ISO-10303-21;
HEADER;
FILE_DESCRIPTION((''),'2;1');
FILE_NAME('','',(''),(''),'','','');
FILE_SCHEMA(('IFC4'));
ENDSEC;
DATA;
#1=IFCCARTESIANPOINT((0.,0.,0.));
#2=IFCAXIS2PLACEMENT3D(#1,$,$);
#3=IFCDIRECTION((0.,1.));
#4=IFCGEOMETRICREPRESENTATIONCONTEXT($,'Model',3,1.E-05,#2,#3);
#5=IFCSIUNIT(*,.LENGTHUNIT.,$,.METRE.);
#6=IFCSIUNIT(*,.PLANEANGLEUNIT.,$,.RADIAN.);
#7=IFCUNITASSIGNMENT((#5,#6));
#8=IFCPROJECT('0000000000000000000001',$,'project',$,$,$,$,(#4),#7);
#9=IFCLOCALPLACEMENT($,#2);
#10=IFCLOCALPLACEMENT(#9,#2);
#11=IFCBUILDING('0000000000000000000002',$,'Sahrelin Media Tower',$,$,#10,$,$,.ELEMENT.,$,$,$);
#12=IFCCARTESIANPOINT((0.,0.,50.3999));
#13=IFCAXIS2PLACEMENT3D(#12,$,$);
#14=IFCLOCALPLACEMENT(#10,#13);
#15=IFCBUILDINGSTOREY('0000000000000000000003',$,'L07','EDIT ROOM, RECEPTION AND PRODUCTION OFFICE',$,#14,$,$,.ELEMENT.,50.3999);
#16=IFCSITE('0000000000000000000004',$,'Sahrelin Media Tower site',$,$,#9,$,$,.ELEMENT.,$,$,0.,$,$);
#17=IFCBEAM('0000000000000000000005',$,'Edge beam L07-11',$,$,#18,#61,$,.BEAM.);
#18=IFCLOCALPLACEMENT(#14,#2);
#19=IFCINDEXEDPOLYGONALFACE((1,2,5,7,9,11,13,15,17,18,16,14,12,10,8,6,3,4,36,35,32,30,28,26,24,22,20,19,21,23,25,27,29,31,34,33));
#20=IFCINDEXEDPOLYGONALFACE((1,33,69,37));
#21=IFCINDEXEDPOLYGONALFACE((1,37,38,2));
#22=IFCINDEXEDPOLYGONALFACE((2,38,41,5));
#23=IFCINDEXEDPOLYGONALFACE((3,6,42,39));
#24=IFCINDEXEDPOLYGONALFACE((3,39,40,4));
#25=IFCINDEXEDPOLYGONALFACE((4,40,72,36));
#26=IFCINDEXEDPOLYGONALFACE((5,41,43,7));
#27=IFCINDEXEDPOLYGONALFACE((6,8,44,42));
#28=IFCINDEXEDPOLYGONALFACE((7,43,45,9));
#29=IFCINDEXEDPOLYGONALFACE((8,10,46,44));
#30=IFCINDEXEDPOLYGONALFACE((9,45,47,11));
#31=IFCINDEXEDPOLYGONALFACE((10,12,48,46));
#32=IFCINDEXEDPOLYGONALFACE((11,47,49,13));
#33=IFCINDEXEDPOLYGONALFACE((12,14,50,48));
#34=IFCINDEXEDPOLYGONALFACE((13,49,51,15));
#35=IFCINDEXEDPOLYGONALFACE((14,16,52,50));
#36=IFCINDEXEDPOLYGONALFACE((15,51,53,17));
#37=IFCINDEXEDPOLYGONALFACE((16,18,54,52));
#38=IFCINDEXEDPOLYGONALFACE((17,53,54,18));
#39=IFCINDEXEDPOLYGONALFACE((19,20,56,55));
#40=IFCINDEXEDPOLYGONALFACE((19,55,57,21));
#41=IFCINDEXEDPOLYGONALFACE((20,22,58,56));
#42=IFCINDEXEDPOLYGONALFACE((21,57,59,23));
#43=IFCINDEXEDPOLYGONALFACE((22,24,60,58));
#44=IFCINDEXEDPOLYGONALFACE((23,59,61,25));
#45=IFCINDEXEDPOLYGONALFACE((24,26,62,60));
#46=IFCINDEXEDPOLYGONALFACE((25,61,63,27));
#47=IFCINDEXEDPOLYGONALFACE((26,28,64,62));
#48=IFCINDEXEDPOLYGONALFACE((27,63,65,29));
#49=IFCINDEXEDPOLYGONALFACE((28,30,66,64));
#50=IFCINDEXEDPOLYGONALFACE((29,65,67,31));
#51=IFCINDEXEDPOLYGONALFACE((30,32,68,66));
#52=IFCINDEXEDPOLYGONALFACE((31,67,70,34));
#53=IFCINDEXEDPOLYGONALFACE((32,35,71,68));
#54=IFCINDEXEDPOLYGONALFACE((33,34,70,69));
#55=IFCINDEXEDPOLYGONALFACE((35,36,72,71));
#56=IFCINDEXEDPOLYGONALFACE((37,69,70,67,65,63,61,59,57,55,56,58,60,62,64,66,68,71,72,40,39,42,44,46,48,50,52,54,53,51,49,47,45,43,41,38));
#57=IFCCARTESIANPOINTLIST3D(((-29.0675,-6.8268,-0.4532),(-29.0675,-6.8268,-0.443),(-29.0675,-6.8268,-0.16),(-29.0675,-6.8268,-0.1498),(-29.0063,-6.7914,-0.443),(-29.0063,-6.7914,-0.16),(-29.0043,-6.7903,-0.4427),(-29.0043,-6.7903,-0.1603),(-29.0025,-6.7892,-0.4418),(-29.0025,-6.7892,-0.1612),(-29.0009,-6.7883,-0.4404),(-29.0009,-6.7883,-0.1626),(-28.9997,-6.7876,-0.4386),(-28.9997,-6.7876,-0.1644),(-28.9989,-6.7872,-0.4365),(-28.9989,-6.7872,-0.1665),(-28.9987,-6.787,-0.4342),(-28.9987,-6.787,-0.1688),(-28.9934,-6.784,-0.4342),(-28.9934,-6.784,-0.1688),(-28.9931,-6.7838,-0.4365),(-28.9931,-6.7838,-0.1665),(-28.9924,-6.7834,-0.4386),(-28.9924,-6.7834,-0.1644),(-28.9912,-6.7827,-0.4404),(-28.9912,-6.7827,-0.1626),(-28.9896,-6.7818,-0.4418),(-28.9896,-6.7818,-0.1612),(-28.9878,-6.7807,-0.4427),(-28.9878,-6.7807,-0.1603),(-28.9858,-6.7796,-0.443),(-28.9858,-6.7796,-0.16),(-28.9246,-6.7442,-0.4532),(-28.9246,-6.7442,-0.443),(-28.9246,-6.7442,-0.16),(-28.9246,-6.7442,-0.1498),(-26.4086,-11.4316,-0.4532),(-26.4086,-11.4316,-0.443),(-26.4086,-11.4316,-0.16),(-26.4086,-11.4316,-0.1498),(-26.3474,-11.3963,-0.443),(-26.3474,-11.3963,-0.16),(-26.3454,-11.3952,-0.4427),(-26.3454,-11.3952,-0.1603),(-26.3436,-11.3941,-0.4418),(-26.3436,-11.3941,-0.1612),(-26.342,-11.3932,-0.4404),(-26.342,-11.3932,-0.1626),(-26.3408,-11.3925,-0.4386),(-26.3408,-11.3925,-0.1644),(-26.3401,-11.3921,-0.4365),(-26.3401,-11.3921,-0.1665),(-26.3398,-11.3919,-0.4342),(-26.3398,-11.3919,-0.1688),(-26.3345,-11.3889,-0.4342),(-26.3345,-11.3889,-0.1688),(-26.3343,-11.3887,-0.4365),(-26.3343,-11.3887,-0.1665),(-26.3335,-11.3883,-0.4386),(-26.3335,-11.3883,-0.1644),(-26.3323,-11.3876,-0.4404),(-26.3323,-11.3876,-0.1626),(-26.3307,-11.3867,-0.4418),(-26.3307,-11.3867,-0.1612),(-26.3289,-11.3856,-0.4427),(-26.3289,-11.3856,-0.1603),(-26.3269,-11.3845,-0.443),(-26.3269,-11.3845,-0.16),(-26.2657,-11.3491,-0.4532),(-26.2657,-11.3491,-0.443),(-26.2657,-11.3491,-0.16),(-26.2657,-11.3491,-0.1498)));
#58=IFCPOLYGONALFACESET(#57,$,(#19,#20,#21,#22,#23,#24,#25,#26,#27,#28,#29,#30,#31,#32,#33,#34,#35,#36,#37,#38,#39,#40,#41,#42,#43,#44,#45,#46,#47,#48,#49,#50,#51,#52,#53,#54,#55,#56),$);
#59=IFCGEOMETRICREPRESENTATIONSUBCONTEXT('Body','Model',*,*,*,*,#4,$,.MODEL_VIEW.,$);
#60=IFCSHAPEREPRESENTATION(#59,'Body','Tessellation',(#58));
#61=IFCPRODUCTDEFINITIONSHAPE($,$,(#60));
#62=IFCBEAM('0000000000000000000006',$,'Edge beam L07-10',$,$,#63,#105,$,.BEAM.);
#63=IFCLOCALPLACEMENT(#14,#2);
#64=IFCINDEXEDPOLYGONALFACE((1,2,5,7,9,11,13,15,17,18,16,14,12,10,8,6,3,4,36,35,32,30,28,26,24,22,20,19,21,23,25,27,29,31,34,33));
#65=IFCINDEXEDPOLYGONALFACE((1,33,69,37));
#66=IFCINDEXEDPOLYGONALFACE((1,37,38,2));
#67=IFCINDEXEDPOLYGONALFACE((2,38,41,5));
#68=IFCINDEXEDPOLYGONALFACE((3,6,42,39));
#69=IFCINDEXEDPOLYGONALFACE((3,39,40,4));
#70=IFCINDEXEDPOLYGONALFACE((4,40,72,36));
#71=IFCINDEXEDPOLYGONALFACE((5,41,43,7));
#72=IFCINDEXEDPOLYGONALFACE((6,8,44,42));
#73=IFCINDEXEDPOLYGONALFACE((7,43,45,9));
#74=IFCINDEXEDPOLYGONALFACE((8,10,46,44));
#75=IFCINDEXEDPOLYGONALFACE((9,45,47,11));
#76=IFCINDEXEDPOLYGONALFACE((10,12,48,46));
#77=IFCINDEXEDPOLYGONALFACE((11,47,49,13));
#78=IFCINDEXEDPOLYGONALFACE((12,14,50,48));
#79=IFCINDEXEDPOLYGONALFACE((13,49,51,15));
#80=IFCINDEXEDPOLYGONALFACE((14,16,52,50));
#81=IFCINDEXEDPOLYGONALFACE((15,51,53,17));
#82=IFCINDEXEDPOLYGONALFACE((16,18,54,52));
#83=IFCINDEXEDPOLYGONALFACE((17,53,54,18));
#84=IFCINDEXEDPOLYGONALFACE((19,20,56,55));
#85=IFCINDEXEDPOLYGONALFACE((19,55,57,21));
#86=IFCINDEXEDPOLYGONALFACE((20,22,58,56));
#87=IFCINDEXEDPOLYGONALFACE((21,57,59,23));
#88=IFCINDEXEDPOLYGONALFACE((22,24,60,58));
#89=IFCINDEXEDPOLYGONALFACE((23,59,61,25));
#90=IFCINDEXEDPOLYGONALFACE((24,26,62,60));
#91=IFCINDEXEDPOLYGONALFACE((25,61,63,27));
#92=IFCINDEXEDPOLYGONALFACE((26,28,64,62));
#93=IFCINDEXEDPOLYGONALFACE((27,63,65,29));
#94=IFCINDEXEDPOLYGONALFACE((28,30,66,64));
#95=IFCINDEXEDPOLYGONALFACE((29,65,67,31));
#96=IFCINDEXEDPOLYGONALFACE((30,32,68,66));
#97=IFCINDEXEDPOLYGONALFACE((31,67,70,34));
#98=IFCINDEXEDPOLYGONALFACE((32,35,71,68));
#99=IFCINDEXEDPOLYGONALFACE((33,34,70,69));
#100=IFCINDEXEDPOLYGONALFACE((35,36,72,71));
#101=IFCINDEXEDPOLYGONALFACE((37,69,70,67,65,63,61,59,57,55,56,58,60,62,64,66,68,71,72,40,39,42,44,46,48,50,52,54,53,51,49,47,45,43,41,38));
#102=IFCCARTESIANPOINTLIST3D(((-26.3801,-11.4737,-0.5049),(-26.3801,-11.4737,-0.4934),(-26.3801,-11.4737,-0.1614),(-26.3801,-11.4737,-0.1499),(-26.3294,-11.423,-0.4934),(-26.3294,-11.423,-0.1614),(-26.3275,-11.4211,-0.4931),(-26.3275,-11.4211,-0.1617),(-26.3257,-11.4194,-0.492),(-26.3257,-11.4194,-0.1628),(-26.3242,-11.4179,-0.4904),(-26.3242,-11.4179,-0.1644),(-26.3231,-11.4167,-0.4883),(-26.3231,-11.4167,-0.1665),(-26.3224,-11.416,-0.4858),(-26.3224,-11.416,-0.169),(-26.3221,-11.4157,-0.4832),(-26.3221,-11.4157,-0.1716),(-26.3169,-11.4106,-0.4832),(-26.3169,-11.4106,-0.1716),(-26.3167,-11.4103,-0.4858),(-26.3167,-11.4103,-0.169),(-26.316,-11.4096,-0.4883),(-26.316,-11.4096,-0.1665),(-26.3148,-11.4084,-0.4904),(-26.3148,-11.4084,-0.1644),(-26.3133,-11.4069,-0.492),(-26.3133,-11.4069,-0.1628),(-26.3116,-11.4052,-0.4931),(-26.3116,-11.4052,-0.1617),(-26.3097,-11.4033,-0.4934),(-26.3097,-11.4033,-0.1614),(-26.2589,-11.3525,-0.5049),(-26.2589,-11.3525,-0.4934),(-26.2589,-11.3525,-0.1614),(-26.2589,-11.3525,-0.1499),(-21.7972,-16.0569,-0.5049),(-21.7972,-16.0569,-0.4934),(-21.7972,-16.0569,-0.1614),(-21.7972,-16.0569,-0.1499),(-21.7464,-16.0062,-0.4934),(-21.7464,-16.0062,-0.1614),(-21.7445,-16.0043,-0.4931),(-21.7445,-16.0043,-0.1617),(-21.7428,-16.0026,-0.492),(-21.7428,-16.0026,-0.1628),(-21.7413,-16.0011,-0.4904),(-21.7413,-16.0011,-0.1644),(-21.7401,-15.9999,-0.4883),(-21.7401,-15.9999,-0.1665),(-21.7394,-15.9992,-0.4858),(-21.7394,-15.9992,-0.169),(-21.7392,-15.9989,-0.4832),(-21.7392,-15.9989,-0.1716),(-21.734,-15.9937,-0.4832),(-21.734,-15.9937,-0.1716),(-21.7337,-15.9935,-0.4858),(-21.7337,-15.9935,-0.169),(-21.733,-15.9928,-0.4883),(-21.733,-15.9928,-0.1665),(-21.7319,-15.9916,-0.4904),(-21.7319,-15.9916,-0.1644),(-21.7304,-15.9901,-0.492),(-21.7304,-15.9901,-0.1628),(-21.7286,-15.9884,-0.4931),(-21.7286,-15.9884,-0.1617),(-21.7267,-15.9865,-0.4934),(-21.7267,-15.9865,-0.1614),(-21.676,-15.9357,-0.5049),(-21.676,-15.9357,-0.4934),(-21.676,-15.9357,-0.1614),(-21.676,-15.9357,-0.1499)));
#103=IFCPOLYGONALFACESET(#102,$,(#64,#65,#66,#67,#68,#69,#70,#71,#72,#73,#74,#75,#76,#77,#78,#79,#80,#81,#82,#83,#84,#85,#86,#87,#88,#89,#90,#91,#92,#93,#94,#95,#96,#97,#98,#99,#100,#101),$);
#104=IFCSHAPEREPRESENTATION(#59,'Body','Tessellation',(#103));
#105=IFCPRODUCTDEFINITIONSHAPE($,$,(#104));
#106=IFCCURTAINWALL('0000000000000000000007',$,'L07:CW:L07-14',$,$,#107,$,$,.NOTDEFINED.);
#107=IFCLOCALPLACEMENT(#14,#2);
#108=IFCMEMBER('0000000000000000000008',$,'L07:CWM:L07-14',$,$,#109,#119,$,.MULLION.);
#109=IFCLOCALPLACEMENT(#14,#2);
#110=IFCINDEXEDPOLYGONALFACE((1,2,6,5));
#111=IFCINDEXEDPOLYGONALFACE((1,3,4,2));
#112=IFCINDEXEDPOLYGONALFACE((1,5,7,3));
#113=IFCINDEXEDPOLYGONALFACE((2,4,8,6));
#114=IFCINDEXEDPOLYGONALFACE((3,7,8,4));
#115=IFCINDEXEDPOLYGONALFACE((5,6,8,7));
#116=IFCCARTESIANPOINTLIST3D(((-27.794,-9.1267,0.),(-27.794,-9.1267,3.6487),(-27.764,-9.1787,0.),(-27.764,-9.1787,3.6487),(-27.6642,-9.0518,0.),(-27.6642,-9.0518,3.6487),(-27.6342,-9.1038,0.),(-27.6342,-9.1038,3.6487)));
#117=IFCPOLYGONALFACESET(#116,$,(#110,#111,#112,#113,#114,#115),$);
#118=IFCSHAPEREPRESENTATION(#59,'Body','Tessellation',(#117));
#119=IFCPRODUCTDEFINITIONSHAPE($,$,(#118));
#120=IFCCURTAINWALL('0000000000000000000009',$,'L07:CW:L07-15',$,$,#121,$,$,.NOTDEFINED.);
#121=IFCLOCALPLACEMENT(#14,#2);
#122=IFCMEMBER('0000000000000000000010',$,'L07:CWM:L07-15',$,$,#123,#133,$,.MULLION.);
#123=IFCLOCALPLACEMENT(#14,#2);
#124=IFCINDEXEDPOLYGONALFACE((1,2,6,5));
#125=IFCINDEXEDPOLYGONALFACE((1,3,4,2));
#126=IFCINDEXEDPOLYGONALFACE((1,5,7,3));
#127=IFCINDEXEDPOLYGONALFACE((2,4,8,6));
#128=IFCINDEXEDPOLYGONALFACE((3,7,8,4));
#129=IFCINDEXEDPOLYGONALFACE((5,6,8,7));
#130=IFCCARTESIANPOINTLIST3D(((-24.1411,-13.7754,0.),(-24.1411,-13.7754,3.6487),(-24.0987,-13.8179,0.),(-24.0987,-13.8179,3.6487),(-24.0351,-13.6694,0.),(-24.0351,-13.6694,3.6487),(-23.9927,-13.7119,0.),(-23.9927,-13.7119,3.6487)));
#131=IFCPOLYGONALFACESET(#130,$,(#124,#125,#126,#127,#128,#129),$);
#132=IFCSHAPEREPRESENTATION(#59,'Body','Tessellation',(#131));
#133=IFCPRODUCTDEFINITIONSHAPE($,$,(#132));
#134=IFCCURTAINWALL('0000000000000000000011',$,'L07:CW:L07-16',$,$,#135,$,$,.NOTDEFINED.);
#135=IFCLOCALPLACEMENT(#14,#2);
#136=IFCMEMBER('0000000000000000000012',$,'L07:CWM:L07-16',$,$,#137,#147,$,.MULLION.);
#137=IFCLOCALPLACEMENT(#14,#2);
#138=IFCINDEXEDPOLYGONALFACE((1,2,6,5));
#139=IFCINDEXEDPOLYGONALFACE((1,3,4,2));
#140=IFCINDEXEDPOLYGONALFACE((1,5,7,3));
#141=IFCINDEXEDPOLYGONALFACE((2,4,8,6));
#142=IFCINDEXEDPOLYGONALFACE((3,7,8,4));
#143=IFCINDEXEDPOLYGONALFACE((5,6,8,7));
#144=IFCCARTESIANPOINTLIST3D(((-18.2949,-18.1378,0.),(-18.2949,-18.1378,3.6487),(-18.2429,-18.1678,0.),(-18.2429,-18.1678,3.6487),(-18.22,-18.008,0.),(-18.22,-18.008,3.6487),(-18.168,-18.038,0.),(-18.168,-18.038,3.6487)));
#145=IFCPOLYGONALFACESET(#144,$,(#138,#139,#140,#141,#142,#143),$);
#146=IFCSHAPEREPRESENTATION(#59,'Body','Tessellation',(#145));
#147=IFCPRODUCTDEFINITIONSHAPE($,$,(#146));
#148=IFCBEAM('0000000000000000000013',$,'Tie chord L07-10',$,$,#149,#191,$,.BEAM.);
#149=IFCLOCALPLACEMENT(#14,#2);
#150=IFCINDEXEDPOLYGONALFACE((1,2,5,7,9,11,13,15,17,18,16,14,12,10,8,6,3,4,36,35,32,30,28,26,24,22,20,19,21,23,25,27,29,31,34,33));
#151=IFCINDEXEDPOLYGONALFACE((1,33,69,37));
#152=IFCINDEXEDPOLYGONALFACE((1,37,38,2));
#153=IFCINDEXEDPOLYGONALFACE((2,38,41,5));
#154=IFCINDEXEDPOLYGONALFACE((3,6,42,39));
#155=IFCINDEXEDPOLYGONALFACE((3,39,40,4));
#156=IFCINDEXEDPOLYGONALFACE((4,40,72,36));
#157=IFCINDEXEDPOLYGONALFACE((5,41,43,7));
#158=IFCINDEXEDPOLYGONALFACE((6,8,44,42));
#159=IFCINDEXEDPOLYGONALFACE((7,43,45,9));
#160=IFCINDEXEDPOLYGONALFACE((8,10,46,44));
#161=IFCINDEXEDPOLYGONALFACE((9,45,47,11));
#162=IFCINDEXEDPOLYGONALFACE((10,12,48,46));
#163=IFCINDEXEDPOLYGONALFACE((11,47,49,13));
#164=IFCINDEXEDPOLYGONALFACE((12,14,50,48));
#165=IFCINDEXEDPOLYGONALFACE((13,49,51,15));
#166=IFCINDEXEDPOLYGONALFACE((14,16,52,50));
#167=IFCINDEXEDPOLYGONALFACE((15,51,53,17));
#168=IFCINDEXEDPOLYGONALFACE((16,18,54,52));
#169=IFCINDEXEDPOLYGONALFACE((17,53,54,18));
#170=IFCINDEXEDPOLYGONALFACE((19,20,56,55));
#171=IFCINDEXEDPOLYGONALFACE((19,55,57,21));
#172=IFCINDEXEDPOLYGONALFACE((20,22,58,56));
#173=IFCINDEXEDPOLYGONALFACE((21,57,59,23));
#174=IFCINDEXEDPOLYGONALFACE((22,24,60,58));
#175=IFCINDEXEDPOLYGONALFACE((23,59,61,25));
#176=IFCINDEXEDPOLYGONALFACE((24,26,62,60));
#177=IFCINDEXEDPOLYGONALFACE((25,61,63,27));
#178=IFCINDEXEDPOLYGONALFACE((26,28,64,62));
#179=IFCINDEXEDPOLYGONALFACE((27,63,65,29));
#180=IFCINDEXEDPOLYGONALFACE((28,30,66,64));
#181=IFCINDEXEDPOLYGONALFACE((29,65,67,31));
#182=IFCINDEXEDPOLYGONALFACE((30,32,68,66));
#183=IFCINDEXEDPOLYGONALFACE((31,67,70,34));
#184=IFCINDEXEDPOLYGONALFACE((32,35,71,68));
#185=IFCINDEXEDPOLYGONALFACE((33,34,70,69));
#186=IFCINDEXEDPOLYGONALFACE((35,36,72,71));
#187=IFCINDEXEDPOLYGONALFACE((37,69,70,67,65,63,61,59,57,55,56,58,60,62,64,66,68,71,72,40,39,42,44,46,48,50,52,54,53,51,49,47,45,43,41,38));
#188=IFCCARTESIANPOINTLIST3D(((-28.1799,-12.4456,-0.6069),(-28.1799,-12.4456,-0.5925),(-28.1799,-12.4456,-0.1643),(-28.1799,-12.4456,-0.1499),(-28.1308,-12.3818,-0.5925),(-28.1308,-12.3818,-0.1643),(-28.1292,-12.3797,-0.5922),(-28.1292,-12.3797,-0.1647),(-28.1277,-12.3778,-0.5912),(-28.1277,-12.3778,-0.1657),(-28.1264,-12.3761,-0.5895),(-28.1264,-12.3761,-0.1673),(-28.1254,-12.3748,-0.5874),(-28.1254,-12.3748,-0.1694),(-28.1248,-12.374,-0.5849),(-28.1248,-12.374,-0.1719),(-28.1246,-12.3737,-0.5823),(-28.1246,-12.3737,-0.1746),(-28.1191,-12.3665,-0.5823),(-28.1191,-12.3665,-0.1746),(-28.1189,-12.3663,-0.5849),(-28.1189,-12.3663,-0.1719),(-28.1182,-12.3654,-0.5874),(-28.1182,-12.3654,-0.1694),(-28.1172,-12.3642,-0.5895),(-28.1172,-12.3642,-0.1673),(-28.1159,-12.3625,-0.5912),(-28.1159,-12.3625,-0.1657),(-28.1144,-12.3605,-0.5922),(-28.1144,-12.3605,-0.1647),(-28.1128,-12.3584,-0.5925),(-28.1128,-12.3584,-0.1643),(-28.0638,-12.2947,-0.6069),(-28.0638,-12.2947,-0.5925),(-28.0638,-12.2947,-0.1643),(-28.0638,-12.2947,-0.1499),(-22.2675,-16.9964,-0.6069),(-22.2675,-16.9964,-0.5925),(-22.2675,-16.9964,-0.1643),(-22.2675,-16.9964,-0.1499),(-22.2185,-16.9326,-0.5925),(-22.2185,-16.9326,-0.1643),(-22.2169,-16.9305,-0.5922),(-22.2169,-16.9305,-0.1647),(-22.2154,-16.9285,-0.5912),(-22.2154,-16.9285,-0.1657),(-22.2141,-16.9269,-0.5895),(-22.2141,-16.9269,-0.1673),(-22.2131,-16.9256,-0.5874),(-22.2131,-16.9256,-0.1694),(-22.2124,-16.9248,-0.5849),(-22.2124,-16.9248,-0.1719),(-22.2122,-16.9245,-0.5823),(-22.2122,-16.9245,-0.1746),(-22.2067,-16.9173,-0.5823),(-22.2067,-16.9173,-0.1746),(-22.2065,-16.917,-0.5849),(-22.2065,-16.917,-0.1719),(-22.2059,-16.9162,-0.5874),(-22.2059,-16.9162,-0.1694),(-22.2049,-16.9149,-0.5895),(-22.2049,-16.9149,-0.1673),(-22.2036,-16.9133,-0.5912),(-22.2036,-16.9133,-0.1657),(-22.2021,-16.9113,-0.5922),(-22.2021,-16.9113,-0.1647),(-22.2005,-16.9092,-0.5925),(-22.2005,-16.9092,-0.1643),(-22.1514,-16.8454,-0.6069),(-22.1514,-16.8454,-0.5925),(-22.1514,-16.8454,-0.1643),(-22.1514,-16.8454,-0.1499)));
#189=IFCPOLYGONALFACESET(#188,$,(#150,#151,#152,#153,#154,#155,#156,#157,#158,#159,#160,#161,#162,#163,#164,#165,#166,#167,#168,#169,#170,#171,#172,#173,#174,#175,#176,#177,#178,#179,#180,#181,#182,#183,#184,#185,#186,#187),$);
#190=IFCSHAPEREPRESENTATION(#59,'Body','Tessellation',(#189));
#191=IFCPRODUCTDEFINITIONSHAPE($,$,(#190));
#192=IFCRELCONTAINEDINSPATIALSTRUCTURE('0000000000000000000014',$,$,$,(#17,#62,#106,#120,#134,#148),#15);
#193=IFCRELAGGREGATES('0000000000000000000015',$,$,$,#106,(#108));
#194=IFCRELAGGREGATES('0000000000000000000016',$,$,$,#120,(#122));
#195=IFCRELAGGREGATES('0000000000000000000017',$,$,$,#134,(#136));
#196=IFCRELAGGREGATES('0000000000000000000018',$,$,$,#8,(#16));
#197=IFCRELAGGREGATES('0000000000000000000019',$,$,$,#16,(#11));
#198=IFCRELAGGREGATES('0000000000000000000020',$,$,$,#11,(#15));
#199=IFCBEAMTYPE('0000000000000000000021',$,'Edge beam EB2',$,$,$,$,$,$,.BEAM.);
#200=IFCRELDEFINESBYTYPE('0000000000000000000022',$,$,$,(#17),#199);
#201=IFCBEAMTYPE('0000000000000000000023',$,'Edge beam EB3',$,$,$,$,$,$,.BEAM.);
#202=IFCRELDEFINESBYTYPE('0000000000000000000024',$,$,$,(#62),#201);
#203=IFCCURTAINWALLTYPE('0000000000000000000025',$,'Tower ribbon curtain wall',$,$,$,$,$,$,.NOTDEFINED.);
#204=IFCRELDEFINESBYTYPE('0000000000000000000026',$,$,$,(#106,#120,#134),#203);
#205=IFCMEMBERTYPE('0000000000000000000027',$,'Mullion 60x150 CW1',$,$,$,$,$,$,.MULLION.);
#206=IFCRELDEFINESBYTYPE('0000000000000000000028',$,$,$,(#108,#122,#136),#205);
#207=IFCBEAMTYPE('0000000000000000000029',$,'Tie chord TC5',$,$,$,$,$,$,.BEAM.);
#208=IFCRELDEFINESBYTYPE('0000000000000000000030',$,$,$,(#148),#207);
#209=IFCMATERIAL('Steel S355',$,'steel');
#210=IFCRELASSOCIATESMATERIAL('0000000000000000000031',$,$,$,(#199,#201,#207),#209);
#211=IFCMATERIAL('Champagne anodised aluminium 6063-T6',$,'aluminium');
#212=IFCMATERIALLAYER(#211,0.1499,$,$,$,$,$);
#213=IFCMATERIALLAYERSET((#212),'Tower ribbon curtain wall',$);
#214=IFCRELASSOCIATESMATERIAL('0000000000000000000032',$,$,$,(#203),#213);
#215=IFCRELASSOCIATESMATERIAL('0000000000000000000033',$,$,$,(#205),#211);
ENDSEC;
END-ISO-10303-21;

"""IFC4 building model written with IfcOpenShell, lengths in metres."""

from ifc_helpers import new_model, si_unit, direction, frame, origin, origin_2d, place, context, subcontext, project, spatial, rectangle, i_section, extrude, material, layer, layer_set, material_profile, profile_set, type_object, element, aggregate, save


model = new_model("IFC4")

# Units and contexts
model_context = context("Model", 3, precision=1e-05, world=origin(), true_north=direction((0.0, 1.0)))
body_context = subcontext(model_context, "Body", "Model", "MODEL_VIEW")
ifc_project = project(units=[si_unit("LENGTHUNIT", "METRE"), si_unit("PLANEANGLEUNIT", "RADIAN")], contexts=[model_context])

# Site, building, storey
site_placement = place(None, origin())
site = spatial("IfcSite", under=ifc_project, at=site_placement, Name="Sahrelin Media Tower site", CompositionType="ELEMENT", RefElevation=0.0)
building_placement = place(site_placement, origin())
building = spatial("IfcBuilding", under=site, at=building_placement, Name="Sahrelin Media Tower", CompositionType="ELEMENT")
storey_placement = place(building_placement, frame((0.0, 0.0, 50.3999)))
storey = spatial("IfcBuildingStorey", under=building, at=storey_placement, Name="L07", Description="EDIT ROOM, RECEPTION AND PRODUCTION OFFICE", CompositionType="ELEMENT", Elevation=50.3999)

# Beams
ifc_material_1 = material(Name="Steel S355", Category="steel")
ifc_material_profile_1 = material_profile(ifc_material_1, i_section(OverallWidth=0.165, OverallDepth=0.3035, WebThickness=0.0061, FlangeThickness=0.0103, FilletRadius=0.0088, at=origin_2d()), Name="UB 305x165x40")
ifc_profile_set_1 = profile_set([ifc_material_profile_1], Name="Steel S355")
beam_type_1 = type_object("IfcBeamType", Name="Edge beam EB2", PredefinedType="BEAM", material=ifc_profile_set_1)
beam_1_placement = place(storey_placement, frame((-26.3372, -11.3904, -0.3015), z_axis=(-0.500035, 0.866005, 0.0), x_axis=(-0.866005, -0.500035, 0.0)))
element("IfcBeam", 1, at=beam_1_placement, inside=storey, type_object=beam_type_1, Name="Edge beam L07-11", PredefinedType="BEAM", context=body_context, shape_type="SweptSolid", body=[
    extrude(i_section(OverallWidth=0.165, OverallDepth=0.3035, WebThickness=0.0061, FlangeThickness=0.0103, FilletRadius=0.0088, at=origin_2d()), origin(), (0.0, 0.0, 1.0), 5.3174),
])
ifc_material_profile_2 = material_profile(ifc_material_1, i_section(OverallWidth=0.1714, OverallDepth=0.355, WebThickness=0.0073, FlangeThickness=0.0115, FilletRadius=0.0103, at=origin_2d()), Name="UB 356x171x51")
ifc_profile_set_2 = profile_set([ifc_material_profile_2], Name="Steel S355")
beam_type_2 = type_object("IfcBeamType", Name="Edge beam EB3", PredefinedType="BEAM", material=ifc_profile_set_2)
beam_2_placement = place(storey_placement, frame((-21.7366, -15.9963, -0.3274), z_axis=(-0.707088, 0.707126, 0.0), x_axis=(-0.707126, -0.707088, 0.0)))
element("IfcBeam", 2, at=beam_2_placement, inside=storey, type_object=beam_type_2, Name="Edge beam L07-10", PredefinedType="BEAM", context=body_context, shape_type="SweptSolid", body=[
    extrude(i_section(OverallWidth=0.1714, OverallDepth=0.355, WebThickness=0.0073, FlangeThickness=0.0115, FilletRadius=0.0103, at=origin_2d()), origin(), (0.0, 0.0, 1.0), 6.4814),
])

# Curtain walls, members
ifc_material_2 = material(Name="Champagne anodised aluminium 6063-T6", Category="aluminium")
ifc_layer_1 = layer(ifc_material_2, 0.1499)
ifc_layer_set_1 = layer_set([ifc_layer_1], Name="Tower ribbon curtain wall")
curtain_wall_type = type_object("IfcCurtainWallType", Name="Tower ribbon curtain wall", PredefinedType="NOTDEFINED", material=ifc_layer_set_1)
curtain_wall_1_placement = place(storey_placement, frame((-27.7964, -9.1628, 0.0), z_axis=(0.0, 0.0, 1.0), x_axis=(1.0, 0.0, 0.0)))
curtain_wall_1 = element("IfcCurtainWall", 3, at=curtain_wall_1_placement, inside=storey, type_object=curtain_wall_type, Name="L07:CW:L07-14", PredefinedType="NOTDEFINED")
ifc_material_profile_3 = material_profile(ifc_material_2, rectangle(XDim=0.0601, YDim=0.1499, at=origin_2d()), Name="Mullion 60x150")
ifc_profile_set_3 = profile_set([ifc_material_profile_3], Name="Champagne anodised aluminium 6063-T6")
member_type_1 = type_object("IfcMemberType", Name="Mullion 60x150 CW1", PredefinedType="MULLION", material=ifc_profile_set_3)
member_1_placement = place(storey_placement, frame((-27.7141, -9.1152, 0.0), z_axis=(0.0, 0.0, 1.0), x_axis=(0.500002, -0.866025, 0.0)))
member_1 = element("IfcMember", 4, at=member_1_placement, type_object=member_type_1, Name="L07:CWM:L07-14", PredefinedType="MULLION", context=body_context, shape_type="SweptSolid", body=[
    extrude(rectangle(XDim=0.0601, YDim=0.1499, at=origin_2d()), origin(), (0.0, 0.0, 1.0), 3.6487),
])
aggregate(curtain_wall_1, [member_1])
curtain_wall_2_placement = place(storey_placement, frame((-24.1343, -13.8108, 0.0), z_axis=(0.0, 0.0, 1.0), x_axis=(1.0, 0.0, 0.0)))
curtain_wall_2 = element("IfcCurtainWall", 5, at=curtain_wall_2_placement, inside=storey, type_object=curtain_wall_type, Name="L07:CW:L07-15", PredefinedType="NOTDEFINED")
member_2_placement = place(storey_placement, frame((-24.0669, -13.7437, 0.0), z_axis=(0.0, 0.0, 1.0), x_axis=(0.707107, -0.707107, 0.0)))
member_2 = element("IfcMember", 6, at=member_2_placement, type_object=member_type_1, Name="L07:CWM:L07-15", PredefinedType="MULLION", context=body_context, shape_type="SweptSolid", body=[
    extrude(rectangle(XDim=0.0601, YDim=0.1499, at=origin_2d()), origin(), (0.0, 0.0, 1.0), 3.6487),
])
curtain_wall_3_placement = place(storey_placement, frame((-18.2788, -18.1702, 0.0), z_axis=(0.0, 0.0, 1.0), x_axis=(1.0, 0.0, 0.0)))
curtain_wall_3 = element("IfcCurtainWall", 7, at=curtain_wall_3_placement, inside=storey, type_object=curtain_wall_type, Name="L07:CW:L07-16", PredefinedType="NOTDEFINED")
member_3_placement = place(storey_placement, frame((-18.2314, -18.0879, 0.0), z_axis=(0.0, 0.0, 1.0), x_axis=(0.866025, -0.5, 0.0)))
member_3 = element("IfcMember", 8, at=member_3_placement, type_object=member_type_1, Name="L07:CWM:L07-16", PredefinedType="MULLION", context=body_context, shape_type="SweptSolid", body=[
    extrude(rectangle(XDim=0.0601, YDim=0.1499, at=origin_2d()), origin(), (0.0, 0.0, 1.0), 3.6487),
])

# Beam
ifc_material_profile_4 = material_profile(ifc_material_1, i_section(OverallWidth=0.1904, OverallDepth=0.457, WebThickness=0.009, FlangeThickness=0.0144, FilletRadius=0.0103, at=origin_2d()), Name="UB 457x191x74")
ifc_profile_set_4 = profile_set([ifc_material_profile_4], Name="Steel S355")
beam_type_3 = type_object("IfcBeamType", Name="Tie chord TC5", PredefinedType="BEAM", material=ifc_profile_set_4)
beam_3_placement = place(storey_placement, frame((-22.2095, -16.9209, -0.3784), z_axis=(-0.792441, 0.609948, 0.0), x_axis=(-0.609948, -0.792441, 0.0)))
element("IfcBeam", 9, at=beam_3_placement, inside=storey, type_object=beam_type_3, Name="Tie chord L07-10", PredefinedType="BEAM", context=body_context, shape_type="SweptSolid", body=[
    extrude(i_section(OverallWidth=0.1904, OverallDepth=0.457, WebThickness=0.009, FlangeThickness=0.0144, FilletRadius=0.0103, at=origin_2d()), origin(), (0.0, 0.0, 1.0), 7.4609),
])

aggregate(curtain_wall_2, [member_2])
aggregate(curtain_wall_3, [member_3])

save(model, "model.ifc")
